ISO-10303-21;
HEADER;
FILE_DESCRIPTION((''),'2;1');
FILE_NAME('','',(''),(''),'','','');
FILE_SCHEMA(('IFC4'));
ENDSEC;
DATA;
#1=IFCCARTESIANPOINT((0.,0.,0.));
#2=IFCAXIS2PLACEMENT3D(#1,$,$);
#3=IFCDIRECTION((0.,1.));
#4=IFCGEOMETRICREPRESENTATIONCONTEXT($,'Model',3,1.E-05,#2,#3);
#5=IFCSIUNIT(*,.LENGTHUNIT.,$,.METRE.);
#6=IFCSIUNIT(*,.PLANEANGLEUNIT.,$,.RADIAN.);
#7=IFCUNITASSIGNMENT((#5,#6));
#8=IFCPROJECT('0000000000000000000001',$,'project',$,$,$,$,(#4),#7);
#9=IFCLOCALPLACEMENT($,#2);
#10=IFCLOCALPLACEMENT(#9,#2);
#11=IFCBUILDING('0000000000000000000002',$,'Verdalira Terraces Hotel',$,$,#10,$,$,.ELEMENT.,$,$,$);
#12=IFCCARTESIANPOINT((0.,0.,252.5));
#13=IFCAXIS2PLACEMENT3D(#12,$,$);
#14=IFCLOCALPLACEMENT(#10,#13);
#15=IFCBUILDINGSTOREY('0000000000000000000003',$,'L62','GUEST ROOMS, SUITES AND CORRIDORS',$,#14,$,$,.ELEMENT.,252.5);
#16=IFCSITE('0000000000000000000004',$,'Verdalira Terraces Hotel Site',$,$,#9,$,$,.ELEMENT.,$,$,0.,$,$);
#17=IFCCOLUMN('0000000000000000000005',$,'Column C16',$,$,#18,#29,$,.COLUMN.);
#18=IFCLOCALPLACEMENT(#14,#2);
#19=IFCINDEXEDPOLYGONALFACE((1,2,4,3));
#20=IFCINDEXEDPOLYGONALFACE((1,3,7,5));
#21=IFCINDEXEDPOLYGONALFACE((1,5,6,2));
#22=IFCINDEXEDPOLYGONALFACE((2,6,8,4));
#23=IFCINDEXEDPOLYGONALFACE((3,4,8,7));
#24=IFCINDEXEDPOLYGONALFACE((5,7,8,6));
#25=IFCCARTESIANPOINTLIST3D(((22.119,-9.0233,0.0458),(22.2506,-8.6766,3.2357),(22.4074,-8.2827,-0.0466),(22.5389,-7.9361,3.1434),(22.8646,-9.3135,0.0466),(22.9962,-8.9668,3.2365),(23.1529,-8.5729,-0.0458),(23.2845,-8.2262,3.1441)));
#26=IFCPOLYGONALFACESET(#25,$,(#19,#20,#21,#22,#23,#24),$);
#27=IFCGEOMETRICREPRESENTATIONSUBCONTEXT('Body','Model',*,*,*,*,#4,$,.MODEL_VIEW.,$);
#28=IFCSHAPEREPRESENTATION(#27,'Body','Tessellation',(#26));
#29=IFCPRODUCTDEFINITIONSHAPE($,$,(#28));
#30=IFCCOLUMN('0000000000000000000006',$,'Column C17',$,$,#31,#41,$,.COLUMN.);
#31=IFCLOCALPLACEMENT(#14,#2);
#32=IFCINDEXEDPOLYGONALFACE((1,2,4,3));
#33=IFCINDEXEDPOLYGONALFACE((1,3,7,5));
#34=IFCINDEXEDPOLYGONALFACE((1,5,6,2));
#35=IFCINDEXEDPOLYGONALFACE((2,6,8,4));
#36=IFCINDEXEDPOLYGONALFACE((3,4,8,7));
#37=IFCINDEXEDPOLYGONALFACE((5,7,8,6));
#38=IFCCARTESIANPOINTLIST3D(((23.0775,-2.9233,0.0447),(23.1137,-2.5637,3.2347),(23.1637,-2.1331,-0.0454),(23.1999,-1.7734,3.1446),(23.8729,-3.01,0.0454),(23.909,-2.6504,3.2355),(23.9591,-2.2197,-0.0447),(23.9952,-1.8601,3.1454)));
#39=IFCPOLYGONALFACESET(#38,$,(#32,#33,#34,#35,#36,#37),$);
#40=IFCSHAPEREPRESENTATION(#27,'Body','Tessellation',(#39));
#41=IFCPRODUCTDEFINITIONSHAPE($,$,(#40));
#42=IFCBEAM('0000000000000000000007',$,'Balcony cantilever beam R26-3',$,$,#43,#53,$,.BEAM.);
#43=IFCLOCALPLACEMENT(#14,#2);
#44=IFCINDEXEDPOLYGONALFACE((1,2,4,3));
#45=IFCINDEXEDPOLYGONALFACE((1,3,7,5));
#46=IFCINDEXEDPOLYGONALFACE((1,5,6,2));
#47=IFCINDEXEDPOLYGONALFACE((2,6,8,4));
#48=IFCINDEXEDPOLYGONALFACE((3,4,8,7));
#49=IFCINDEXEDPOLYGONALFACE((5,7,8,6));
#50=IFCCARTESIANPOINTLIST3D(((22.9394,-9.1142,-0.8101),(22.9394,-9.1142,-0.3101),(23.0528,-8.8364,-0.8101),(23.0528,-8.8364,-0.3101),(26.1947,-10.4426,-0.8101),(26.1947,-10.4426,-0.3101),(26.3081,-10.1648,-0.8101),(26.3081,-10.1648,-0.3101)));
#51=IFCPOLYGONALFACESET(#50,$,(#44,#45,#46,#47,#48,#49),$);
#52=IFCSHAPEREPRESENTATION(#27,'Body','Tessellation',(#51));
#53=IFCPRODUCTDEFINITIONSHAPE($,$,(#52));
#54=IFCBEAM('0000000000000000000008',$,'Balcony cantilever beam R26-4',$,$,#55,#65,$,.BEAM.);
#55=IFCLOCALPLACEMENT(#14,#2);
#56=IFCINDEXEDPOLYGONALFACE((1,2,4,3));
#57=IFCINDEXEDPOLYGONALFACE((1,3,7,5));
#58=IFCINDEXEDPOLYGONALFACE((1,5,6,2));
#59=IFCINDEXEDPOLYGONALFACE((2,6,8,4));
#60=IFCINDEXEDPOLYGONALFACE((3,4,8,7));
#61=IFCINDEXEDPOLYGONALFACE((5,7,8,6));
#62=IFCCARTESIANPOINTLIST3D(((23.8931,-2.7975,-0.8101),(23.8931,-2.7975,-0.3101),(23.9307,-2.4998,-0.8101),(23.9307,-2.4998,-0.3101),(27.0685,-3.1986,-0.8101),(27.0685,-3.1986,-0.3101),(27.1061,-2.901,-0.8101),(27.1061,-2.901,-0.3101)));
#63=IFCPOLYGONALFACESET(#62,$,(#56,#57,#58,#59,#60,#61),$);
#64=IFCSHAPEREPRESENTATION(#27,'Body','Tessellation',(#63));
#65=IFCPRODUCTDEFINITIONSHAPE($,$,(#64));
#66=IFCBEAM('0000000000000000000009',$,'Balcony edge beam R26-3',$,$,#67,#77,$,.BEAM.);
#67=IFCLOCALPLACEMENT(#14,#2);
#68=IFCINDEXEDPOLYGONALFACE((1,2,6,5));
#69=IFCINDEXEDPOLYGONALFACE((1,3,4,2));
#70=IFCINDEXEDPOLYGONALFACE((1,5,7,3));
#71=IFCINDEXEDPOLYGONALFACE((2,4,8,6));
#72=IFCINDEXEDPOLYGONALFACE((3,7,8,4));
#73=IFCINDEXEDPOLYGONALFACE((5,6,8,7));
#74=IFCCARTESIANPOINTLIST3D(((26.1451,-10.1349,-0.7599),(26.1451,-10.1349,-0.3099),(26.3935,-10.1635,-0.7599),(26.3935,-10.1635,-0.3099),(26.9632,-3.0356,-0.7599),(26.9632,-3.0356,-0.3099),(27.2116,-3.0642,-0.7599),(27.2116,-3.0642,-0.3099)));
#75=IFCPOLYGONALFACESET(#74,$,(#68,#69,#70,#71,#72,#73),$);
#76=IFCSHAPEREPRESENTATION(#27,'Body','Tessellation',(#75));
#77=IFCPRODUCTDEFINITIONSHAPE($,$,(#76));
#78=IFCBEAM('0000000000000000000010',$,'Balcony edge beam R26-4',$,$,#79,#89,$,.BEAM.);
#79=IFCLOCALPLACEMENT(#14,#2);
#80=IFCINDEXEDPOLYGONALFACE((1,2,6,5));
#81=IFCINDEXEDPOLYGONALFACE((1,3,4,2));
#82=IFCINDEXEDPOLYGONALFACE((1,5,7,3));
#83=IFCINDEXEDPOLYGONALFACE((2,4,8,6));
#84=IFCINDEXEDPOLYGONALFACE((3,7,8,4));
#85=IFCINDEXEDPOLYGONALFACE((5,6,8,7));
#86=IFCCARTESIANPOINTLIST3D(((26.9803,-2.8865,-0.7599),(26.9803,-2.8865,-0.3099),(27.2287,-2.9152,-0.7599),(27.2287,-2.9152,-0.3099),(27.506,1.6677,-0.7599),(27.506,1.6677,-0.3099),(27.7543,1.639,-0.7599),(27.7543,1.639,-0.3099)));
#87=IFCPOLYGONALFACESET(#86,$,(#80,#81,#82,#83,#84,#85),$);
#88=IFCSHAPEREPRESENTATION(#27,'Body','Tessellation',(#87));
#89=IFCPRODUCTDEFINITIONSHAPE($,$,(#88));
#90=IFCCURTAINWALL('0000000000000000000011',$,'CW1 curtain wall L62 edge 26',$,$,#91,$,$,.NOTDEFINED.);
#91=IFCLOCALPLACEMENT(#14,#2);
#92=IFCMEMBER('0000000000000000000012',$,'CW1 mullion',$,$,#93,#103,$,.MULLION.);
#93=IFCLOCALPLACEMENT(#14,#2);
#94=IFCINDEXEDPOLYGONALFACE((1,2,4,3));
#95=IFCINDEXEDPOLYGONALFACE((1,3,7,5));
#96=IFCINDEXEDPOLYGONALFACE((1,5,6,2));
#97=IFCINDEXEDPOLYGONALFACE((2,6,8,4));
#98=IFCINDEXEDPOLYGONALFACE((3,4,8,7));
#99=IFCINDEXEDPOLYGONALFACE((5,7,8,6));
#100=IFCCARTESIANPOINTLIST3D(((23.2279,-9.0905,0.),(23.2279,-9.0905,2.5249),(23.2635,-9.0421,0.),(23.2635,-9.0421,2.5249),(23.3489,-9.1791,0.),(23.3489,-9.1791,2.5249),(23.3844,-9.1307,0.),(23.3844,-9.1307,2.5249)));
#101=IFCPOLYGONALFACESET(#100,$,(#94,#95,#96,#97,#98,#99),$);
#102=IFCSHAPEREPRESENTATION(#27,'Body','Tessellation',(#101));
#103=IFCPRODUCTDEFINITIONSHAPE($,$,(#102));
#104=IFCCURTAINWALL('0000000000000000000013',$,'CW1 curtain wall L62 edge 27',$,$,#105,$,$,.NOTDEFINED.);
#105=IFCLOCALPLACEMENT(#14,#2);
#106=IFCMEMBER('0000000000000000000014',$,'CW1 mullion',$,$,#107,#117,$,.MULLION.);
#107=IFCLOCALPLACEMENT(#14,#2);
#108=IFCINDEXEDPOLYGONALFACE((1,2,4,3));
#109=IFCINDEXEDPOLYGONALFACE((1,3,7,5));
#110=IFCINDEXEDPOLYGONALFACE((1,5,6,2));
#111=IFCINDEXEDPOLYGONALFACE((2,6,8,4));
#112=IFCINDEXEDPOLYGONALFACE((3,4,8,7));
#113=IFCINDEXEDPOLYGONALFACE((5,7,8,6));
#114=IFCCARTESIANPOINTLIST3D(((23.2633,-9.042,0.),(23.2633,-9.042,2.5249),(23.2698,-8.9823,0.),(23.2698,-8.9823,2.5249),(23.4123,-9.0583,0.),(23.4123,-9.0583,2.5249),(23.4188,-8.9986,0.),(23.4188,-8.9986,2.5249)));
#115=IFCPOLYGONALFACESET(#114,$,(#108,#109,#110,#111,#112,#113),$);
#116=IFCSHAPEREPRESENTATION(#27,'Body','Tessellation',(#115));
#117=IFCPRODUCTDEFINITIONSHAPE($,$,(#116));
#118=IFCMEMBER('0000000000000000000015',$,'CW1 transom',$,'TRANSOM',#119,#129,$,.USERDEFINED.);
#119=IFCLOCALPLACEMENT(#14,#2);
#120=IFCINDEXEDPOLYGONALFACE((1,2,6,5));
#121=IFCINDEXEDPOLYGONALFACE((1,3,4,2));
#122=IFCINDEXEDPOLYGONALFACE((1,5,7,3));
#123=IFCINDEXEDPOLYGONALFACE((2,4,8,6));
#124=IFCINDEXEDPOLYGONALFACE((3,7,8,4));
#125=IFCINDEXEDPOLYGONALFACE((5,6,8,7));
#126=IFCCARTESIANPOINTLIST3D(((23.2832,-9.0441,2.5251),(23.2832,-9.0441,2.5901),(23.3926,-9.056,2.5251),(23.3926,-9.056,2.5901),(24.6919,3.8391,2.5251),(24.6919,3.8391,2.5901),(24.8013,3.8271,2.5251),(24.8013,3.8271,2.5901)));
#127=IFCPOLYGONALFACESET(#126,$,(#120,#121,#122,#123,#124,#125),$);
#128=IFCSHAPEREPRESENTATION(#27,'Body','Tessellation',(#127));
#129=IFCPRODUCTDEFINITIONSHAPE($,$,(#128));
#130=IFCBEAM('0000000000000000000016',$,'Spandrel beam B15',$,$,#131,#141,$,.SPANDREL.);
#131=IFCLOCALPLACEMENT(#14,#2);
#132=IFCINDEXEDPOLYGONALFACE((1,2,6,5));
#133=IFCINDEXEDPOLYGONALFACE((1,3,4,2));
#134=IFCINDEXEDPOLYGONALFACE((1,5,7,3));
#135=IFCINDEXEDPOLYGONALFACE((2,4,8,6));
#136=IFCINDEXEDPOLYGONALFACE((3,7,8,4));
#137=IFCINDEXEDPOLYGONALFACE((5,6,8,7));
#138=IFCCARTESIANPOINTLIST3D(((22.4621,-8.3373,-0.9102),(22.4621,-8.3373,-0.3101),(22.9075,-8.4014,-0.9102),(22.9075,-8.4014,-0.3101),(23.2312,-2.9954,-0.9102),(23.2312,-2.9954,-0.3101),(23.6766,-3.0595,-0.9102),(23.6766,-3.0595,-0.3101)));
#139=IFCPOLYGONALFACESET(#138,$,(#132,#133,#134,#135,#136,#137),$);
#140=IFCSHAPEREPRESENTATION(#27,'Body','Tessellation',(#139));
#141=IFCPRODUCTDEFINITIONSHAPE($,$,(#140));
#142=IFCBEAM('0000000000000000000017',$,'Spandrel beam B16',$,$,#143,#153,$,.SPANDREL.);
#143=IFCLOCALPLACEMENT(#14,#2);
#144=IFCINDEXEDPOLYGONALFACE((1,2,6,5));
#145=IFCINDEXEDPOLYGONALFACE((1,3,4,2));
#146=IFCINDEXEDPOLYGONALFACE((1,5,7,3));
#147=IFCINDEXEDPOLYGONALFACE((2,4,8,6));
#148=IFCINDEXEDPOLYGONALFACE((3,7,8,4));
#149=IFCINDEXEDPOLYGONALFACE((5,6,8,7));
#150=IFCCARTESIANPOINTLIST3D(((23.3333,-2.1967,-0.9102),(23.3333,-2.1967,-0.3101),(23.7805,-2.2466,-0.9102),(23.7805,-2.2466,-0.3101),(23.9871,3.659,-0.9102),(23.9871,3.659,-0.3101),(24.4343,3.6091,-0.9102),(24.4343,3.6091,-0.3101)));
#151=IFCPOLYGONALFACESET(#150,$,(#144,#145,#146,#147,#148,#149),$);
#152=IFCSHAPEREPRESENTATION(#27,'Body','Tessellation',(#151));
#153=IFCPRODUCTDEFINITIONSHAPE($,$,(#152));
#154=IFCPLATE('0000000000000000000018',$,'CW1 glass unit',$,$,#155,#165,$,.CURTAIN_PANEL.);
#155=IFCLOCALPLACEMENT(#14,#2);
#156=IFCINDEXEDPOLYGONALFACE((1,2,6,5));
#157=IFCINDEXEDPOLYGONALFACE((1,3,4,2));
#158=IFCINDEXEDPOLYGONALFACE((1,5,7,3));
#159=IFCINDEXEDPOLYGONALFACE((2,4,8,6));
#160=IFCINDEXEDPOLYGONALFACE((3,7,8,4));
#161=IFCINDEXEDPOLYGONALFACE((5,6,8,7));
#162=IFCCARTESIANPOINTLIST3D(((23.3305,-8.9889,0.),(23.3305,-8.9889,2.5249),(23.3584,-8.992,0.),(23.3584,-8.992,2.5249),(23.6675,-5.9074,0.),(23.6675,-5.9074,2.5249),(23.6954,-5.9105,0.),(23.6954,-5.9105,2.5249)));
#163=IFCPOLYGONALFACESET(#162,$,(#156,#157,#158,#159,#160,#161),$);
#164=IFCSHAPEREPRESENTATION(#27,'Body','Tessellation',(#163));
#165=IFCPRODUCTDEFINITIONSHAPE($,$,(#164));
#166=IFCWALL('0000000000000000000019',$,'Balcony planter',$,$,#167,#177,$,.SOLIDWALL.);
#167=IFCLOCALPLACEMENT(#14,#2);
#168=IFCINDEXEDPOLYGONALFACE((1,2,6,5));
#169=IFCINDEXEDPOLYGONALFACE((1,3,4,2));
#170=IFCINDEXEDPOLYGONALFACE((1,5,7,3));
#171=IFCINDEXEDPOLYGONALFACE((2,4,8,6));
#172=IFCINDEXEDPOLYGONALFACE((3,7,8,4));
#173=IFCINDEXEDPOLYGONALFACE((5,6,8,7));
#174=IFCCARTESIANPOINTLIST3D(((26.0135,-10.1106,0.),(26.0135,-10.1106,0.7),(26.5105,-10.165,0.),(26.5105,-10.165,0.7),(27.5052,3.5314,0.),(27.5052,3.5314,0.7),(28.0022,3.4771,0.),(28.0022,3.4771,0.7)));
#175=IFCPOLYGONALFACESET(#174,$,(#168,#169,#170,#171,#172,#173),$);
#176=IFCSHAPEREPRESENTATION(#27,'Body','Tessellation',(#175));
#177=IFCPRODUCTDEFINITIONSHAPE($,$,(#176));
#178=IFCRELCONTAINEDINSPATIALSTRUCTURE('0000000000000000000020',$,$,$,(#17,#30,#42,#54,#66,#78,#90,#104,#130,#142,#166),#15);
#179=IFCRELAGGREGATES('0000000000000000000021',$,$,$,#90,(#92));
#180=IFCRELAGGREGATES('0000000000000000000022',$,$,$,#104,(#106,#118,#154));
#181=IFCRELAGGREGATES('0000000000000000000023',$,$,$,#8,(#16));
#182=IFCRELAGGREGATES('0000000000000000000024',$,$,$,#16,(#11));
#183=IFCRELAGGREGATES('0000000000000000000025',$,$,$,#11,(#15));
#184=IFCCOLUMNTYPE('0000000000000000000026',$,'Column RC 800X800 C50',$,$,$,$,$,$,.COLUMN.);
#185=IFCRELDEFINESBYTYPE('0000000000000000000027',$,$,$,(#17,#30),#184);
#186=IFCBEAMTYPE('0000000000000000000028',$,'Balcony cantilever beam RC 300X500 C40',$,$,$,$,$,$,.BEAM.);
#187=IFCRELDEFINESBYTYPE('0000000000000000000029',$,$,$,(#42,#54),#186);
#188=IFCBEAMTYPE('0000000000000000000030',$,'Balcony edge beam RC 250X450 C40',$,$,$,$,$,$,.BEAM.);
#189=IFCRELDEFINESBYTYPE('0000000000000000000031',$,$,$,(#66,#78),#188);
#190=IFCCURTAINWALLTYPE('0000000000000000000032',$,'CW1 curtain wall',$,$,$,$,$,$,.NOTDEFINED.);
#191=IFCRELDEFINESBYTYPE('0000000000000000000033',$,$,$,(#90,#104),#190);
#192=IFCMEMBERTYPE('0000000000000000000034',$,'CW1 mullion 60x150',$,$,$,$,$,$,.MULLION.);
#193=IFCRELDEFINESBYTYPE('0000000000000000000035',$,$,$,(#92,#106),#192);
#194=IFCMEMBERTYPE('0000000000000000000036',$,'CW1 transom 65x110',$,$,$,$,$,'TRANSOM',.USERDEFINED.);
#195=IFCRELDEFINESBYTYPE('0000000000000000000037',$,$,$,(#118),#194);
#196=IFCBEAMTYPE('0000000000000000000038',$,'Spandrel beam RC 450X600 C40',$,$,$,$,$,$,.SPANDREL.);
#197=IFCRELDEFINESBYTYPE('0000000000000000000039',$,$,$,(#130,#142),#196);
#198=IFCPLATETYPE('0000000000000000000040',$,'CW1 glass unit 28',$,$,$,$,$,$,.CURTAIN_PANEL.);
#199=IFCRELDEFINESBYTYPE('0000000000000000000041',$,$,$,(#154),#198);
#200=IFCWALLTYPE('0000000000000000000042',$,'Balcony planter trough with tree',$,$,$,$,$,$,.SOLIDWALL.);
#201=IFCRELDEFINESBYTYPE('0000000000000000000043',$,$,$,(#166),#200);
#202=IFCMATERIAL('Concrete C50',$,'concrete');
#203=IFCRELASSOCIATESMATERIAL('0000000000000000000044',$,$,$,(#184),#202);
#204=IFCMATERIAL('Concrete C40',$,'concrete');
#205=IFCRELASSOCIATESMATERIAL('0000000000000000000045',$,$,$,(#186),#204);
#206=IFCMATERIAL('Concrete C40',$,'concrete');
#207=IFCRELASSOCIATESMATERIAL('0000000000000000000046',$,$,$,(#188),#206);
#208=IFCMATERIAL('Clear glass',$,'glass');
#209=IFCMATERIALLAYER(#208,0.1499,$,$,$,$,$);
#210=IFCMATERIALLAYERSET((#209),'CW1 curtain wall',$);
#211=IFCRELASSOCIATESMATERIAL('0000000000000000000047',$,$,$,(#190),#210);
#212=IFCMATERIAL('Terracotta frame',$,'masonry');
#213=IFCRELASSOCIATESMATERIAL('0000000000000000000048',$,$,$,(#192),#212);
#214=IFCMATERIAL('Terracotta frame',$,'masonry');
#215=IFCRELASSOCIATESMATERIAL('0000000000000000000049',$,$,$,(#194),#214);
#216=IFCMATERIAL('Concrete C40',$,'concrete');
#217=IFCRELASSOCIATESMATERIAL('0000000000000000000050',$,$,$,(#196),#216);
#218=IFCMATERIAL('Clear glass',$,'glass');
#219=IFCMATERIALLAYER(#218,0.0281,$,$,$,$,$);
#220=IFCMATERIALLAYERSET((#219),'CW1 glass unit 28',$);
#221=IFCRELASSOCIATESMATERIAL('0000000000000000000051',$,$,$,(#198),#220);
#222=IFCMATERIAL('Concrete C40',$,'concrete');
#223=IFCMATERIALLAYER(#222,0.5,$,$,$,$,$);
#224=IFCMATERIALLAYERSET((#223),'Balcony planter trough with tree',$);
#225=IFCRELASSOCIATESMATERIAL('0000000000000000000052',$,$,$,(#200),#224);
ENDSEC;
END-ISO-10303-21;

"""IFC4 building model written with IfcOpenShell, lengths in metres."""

from ifc_helpers import new_model, si_unit, direction, frame, frame_2d, origin, origin_2d, place, context, subcontext, project, spatial, rectangle, extrude, material, layer, layer_set, material_profile, profile_set, type_object, element, aggregate, save


model = new_model("IFC4")

# Units and contexts
model_context = context("Model", 3, precision=1e-05, world=origin(), true_north=direction((0.0, 1.0)))
body_context = subcontext(model_context, "Body", "Model", "MODEL_VIEW")
ifc_project = project(units=[si_unit("LENGTHUNIT", "METRE"), si_unit("PLANEANGLEUNIT", "RADIAN")], contexts=[model_context])

# Site, building, storey
site_placement = place(None, origin())
site = spatial("IfcSite", under=ifc_project, at=site_placement, Name="Verdalira Terraces Hotel Site", CompositionType="ELEMENT", RefElevation=0.0)
building_placement = place(site_placement, origin())
building = spatial("IfcBuilding", under=site, at=building_placement, Name="Verdalira Terraces Hotel", CompositionType="ELEMENT")
storey_placement = place(building_placement, frame((0.0, 0.0, 252.5)))
storey = spatial("IfcBuildingStorey", under=building, at=storey_placement, Name="L62", Description="GUEST ROOMS, SUITES AND CORRIDORS", CompositionType="ELEMENT", Elevation=252.5)

# Columns
ifc_material_1 = material(Name="Concrete C50", Category="concrete")
ifc_material_profile_1 = material_profile(ifc_material_1, rectangle(XDim=0.8, YDim=0.8, at=origin_2d()), Name="RC 800X800")
ifc_profile_set_1 = profile_set([ifc_material_profile_1], Name="Concrete C50")
column_type = type_object("IfcColumnType", Name="Column RC 800X800 C50", PredefinedType="COLUMN", material=ifc_profile_set_1)
column_1_placement = place(storey_placement, frame((22.636, -8.7981, 0.0), z_axis=(0.040976, 0.107952, 0.993311), x_axis=(-0.360371, -0.925636, 0.115463)))
element("IfcColumn", 1, at=column_1_placement, inside=storey, type_object=column_type, Name="Column C16", PredefinedType="COLUMN", context=body_context, shape_type="SweptSolid", body=[
    extrude(rectangle(XDim=0.8, YDim=0.8, at=origin_2d()), origin(), (0.0, 0.0, 1.0), 3.2114),
])
column_2_placement = place(storey_placement, frame((23.5183, -2.5715, 0.0), z_axis=(0.011255, 0.112019, 0.993642), x_axis=(0.107722, 0.987786, -0.112579)))
element("IfcColumn", 2, at=column_2_placement, inside=storey, type_object=column_type, Name="Column C17", PredefinedType="COLUMN", context=body_context, shape_type="SweptSolid", body=[
    extrude(rectangle(XDim=0.8, YDim=0.8, at=origin_2d()), origin(), (0.0, 0.0, 1.0), 3.2104),
])

# Beams
ifc_material_2 = material(Name="Concrete C40", Category="concrete")
ifc_material_profile_2 = material_profile(ifc_material_2, rectangle(XDim=0.3, YDim=0.5, at=origin_2d()), Name="RC 300X500")
ifc_profile_set_2 = profile_set([ifc_material_profile_2], Name="Concrete C40")
beam_type_1 = type_object("IfcBeamType", Name="Balcony cantilever beam RC 300X500 C40", PredefinedType="BEAM", material=ifc_profile_set_2)
beam_1_placement = place(storey_placement, frame((22.9961, -8.9753, -0.5601), z_axis=(0.925883, -0.377811, 0.0), x_axis=(0.377811, 0.925883, 0.0)))
element("IfcBeam", 3, at=beam_1_placement, inside=storey, type_object=beam_type_1, Name="Balcony cantilever beam R26-3", PredefinedType="BEAM", context=body_context, shape_type="SweptSolid", body=[
    extrude(rectangle(XDim=0.3, YDim=0.5, at=origin_2d()), origin(), (0.0, 0.0, 1.0), 3.5159),
])
beam_2_placement = place(storey_placement, frame((23.9119, -2.6487, -0.5601), z_axis=(0.992116, -0.125321, 0.0), x_axis=(0.125321, 0.992116, 0.0)))
element("IfcBeam", 4, at=beam_2_placement, inside=storey, type_object=beam_type_1, Name="Balcony cantilever beam R26-4", PredefinedType="BEAM", context=body_context, shape_type="SweptSolid", body=[
    extrude(rectangle(XDim=0.3, YDim=0.5, at=origin_2d()), origin(), (0.0, 0.0, 1.0), 3.2007),
])
ifc_material_3 = material(Name="Concrete C40", Category="concrete")
ifc_material_profile_3 = material_profile(ifc_material_3, rectangle(XDim=0.25, YDim=0.45, at=origin_2d()), Name="RC 250X450")
ifc_profile_set_3 = profile_set([ifc_material_profile_3], Name="Concrete C40")
beam_type_2 = type_object("IfcBeamType", Name="Balcony edge beam RC 250X450 C40", PredefinedType="BEAM", material=ifc_profile_set_3)
beam_3_placement = place(storey_placement, frame((26.2693, -10.1492, -0.5349), z_axis=(0.11448, 0.993426, 0.0), x_axis=(-0.993426, 0.11448, 0.0)))
element("IfcBeam", 5, at=beam_3_placement, inside=storey, type_object=beam_type_2, Name="Balcony edge beam R26-3", PredefinedType="BEAM", context=body_context, shape_type="SweptSolid", body=[
    extrude(rectangle(XDim=0.25, YDim=0.45, at=origin_2d()), origin(), (0.0, 0.0, 1.0), 7.1462),
])
beam_4_placement = place(storey_placement, frame((27.1045, -2.9009, -0.5349), z_axis=(0.114656, 0.993405, 0.0), x_axis=(-0.993405, 0.114656, 0.0)))
element("IfcBeam", 6, at=beam_4_placement, inside=storey, type_object=beam_type_2, Name="Balcony edge beam R26-4", PredefinedType="BEAM", context=body_context, shape_type="SweptSolid", body=[
    extrude(rectangle(XDim=0.25, YDim=0.45, at=origin_2d()), origin(), (0.0, 0.0, 1.0), 4.5845),
])

# Curtain wall, member
ifc_material_4 = material(Name="Clear glass", Category="glass")
ifc_layer_1 = layer(ifc_material_4, 0.1499)
ifc_layer_set_1 = layer_set([ifc_layer_1], Name="CW1 curtain wall")
curtain_wall_type = type_object("IfcCurtainWallType", Name="CW1 curtain wall", PredefinedType="NOTDEFINED", material=ifc_layer_set_1)
curtain_wall_1_placement = place(storey_placement, origin())
curtain_wall_1 = element("IfcCurtainWall", 7, at=curtain_wall_1_placement, inside=storey, type_object=curtain_wall_type, Name="CW1 curtain wall L62 edge 26", PredefinedType="NOTDEFINED")
ifc_material_5 = material(Name="Terracotta frame", Category="masonry")
ifc_material_profile_4 = material_profile(ifc_material_5, rectangle(XDim=0.0601, YDim=0.1499, at=origin_2d()), Name="MU 60x150")
ifc_profile_set_4 = profile_set([ifc_material_profile_4], Name="Terracotta frame")
member_type_1 = type_object("IfcMemberType", Name="CW1 mullion 60x150", PredefinedType="MULLION", material=ifc_profile_set_4)
member_1_placement = place(storey_placement, frame((23.3062, -9.1106, 0.0), z_axis=(0.0, 0.0, 1.0), x_axis=(0.591169, 0.806548, 0.0)))
member_1 = element("IfcMember", 8, at=member_1_placement, type_object=member_type_1, Name="CW1 mullion", PredefinedType="MULLION", context=body_context, shape_type="SweptSolid", body=[
    extrude(rectangle(XDim=0.0601, YDim=0.1499, at=origin_2d()), origin(), (0.0, 0.0, 1.0), 2.5249),
])
aggregate(curtain_wall_1, [member_1])

# Curtain wall, members
curtain_wall_2_placement = place(storey_placement, origin())
curtain_wall_2 = element("IfcCurtainWall", 9, at=curtain_wall_2_placement, inside=storey, type_object=curtain_wall_type, Name="CW1 curtain wall L62 edge 27", PredefinedType="NOTDEFINED")
member_2_placement = place(storey_placement, frame((23.3411, -9.0203, 0.0), z_axis=(0.0, 0.0, 1.0), x_axis=(0.108693, 0.994075, 0.0)))
member_2 = element("IfcMember", 10, at=member_2_placement, type_object=member_type_1, Name="CW1 mullion", PredefinedType="MULLION", context=body_context, shape_type="SweptSolid", body=[
    extrude(rectangle(XDim=0.0601, YDim=0.1499, at=origin_2d()), origin(), (0.0, 0.0, 1.0), 2.5249),
])
ifc_material_6 = material(Name="Terracotta frame", Category="masonry")
ifc_material_profile_5 = material_profile(ifc_material_6, rectangle(XDim=0.1101, YDim=0.0649, at=origin_2d()), Name="TR 65x110")
ifc_profile_set_5 = profile_set([ifc_material_profile_5], Name="Terracotta frame")
member_type_2 = type_object("IfcMemberType", Name="CW1 transom 65x110", ElementType="TRANSOM", PredefinedType="USERDEFINED", material=ifc_profile_set_5)
member_3_placement = place(storey_placement, frame((23.3379, -9.05, 2.5576), z_axis=(0.108697, 0.994075, 0.0), x_axis=(-0.994075, 0.108697, 0.0)))
member_3 = element("IfcMember", 11, at=member_3_placement, type_object=member_type_2, Name="CW1 transom", ObjectType="TRANSOM", PredefinedType="USERDEFINED", context=body_context, shape_type="SweptSolid", body=[
    extrude(rectangle(XDim=0.1101, YDim=0.0649, at=origin_2d()), origin(), (0.0, 0.0, 1.0), 12.96),
])

# Beams
ifc_material_7 = material(Name="Concrete C40", Category="concrete")
ifc_material_profile_6 = material_profile(ifc_material_7, rectangle(XDim=0.45, YDim=0.6001, at=origin_2d()), Name="RC 450X600")
ifc_profile_set_6 = profile_set([ifc_material_profile_6], Name="Concrete C40")
beam_type_3 = type_object("IfcBeamType", Name="Spandrel beam RC 450X600 C40", PredefinedType="SPANDREL", material=ifc_profile_set_6)
beam_5_placement = place(storey_placement, frame((22.6848, -8.3694, -0.6101), z_axis=(0.142498, 0.989795, 0.0), x_axis=(-0.989795, 0.142498, 0.0)))
element("IfcBeam", 12, at=beam_5_placement, inside=storey, type_object=beam_type_3, Name="Spandrel beam B15", PredefinedType="SPANDREL", context=body_context, shape_type="SweptSolid", body=[
    extrude(rectangle(XDim=0.45, YDim=0.6001, at=origin_2d()), origin(), (0.0, 0.0, 1.0), 5.397),
])
beam_6_placement = place(storey_placement, frame((23.5569, -2.2217, -0.6101), z_axis=(0.110964, 0.993824, 0.0), x_axis=(-0.993824, 0.110964, 0.0)))
element("IfcBeam", 13, at=beam_6_placement, inside=storey, type_object=beam_type_3, Name="Spandrel beam B16", PredefinedType="SPANDREL", context=body_context, shape_type="SweptSolid", body=[
    extrude(rectangle(XDim=0.45, YDim=0.6001, at=origin_2d()), origin(), (0.0, 0.0, 1.0), 5.8921),
])

# Plate
ifc_material_8 = material(Name="Clear glass", Category="glass")
ifc_layer_2 = layer(ifc_material_8, 0.0281)
ifc_layer_set_2 = layer_set([ifc_layer_2], Name="CW1 glass unit 28")
plate_type = type_object("IfcPlateType", Name="CW1 glass unit 28", PredefinedType="CURTAIN_PANEL", material=ifc_layer_set_2)
plate_placement = place(storey_placement, frame((23.5129, -7.4497, 0.0), z_axis=(0.0, 0.0, 1.0), x_axis=(0.108693, 0.994075, 0.0)))
plate = element("IfcPlate", 14, at=plate_placement, type_object=plate_type, Name="CW1 glass unit", PredefinedType="CURTAIN_PANEL", context=body_context, shape_type="SweptSolid", body=[
    extrude(rectangle(XDim=3.0999, YDim=0.0281, at=origin_2d()), origin(), (0.0, 0.0, 1.0), 2.5249),
])
aggregate(curtain_wall_2, [member_2, member_3, plate])

# Wall
ifc_material_9 = material(Name="Concrete C40", Category="concrete")
ifc_layer_3 = layer(ifc_material_9, 0.5)
ifc_layer_set_3 = layer_set([ifc_layer_3], Name="Balcony planter trough with tree")
wall_type_1 = type_object("IfcWallType", Name="Balcony planter trough with tree", PredefinedType="SOLIDWALL", material=ifc_layer_set_3)
wall_1_placement = place(storey_placement, frame((26.262, -10.1379, 0.0), z_axis=(0.0, 0.0, 1.0), x_axis=(0.108697, 0.994075, 0.0)))
element("IfcWall", 15, at=wall_1_placement, inside=storey, type_object=wall_type_1, Name="Balcony planter", PredefinedType="SOLIDWALL", context=body_context, shape_type="SweptSolid", body=[
    extrude(rectangle(XDim=13.7234, YDim=0.5, at=frame_2d((6.8618, 0.0))), origin(), (0.0, 0.0, 1.0), 0.7),
])

save(model, "model.ifc")
